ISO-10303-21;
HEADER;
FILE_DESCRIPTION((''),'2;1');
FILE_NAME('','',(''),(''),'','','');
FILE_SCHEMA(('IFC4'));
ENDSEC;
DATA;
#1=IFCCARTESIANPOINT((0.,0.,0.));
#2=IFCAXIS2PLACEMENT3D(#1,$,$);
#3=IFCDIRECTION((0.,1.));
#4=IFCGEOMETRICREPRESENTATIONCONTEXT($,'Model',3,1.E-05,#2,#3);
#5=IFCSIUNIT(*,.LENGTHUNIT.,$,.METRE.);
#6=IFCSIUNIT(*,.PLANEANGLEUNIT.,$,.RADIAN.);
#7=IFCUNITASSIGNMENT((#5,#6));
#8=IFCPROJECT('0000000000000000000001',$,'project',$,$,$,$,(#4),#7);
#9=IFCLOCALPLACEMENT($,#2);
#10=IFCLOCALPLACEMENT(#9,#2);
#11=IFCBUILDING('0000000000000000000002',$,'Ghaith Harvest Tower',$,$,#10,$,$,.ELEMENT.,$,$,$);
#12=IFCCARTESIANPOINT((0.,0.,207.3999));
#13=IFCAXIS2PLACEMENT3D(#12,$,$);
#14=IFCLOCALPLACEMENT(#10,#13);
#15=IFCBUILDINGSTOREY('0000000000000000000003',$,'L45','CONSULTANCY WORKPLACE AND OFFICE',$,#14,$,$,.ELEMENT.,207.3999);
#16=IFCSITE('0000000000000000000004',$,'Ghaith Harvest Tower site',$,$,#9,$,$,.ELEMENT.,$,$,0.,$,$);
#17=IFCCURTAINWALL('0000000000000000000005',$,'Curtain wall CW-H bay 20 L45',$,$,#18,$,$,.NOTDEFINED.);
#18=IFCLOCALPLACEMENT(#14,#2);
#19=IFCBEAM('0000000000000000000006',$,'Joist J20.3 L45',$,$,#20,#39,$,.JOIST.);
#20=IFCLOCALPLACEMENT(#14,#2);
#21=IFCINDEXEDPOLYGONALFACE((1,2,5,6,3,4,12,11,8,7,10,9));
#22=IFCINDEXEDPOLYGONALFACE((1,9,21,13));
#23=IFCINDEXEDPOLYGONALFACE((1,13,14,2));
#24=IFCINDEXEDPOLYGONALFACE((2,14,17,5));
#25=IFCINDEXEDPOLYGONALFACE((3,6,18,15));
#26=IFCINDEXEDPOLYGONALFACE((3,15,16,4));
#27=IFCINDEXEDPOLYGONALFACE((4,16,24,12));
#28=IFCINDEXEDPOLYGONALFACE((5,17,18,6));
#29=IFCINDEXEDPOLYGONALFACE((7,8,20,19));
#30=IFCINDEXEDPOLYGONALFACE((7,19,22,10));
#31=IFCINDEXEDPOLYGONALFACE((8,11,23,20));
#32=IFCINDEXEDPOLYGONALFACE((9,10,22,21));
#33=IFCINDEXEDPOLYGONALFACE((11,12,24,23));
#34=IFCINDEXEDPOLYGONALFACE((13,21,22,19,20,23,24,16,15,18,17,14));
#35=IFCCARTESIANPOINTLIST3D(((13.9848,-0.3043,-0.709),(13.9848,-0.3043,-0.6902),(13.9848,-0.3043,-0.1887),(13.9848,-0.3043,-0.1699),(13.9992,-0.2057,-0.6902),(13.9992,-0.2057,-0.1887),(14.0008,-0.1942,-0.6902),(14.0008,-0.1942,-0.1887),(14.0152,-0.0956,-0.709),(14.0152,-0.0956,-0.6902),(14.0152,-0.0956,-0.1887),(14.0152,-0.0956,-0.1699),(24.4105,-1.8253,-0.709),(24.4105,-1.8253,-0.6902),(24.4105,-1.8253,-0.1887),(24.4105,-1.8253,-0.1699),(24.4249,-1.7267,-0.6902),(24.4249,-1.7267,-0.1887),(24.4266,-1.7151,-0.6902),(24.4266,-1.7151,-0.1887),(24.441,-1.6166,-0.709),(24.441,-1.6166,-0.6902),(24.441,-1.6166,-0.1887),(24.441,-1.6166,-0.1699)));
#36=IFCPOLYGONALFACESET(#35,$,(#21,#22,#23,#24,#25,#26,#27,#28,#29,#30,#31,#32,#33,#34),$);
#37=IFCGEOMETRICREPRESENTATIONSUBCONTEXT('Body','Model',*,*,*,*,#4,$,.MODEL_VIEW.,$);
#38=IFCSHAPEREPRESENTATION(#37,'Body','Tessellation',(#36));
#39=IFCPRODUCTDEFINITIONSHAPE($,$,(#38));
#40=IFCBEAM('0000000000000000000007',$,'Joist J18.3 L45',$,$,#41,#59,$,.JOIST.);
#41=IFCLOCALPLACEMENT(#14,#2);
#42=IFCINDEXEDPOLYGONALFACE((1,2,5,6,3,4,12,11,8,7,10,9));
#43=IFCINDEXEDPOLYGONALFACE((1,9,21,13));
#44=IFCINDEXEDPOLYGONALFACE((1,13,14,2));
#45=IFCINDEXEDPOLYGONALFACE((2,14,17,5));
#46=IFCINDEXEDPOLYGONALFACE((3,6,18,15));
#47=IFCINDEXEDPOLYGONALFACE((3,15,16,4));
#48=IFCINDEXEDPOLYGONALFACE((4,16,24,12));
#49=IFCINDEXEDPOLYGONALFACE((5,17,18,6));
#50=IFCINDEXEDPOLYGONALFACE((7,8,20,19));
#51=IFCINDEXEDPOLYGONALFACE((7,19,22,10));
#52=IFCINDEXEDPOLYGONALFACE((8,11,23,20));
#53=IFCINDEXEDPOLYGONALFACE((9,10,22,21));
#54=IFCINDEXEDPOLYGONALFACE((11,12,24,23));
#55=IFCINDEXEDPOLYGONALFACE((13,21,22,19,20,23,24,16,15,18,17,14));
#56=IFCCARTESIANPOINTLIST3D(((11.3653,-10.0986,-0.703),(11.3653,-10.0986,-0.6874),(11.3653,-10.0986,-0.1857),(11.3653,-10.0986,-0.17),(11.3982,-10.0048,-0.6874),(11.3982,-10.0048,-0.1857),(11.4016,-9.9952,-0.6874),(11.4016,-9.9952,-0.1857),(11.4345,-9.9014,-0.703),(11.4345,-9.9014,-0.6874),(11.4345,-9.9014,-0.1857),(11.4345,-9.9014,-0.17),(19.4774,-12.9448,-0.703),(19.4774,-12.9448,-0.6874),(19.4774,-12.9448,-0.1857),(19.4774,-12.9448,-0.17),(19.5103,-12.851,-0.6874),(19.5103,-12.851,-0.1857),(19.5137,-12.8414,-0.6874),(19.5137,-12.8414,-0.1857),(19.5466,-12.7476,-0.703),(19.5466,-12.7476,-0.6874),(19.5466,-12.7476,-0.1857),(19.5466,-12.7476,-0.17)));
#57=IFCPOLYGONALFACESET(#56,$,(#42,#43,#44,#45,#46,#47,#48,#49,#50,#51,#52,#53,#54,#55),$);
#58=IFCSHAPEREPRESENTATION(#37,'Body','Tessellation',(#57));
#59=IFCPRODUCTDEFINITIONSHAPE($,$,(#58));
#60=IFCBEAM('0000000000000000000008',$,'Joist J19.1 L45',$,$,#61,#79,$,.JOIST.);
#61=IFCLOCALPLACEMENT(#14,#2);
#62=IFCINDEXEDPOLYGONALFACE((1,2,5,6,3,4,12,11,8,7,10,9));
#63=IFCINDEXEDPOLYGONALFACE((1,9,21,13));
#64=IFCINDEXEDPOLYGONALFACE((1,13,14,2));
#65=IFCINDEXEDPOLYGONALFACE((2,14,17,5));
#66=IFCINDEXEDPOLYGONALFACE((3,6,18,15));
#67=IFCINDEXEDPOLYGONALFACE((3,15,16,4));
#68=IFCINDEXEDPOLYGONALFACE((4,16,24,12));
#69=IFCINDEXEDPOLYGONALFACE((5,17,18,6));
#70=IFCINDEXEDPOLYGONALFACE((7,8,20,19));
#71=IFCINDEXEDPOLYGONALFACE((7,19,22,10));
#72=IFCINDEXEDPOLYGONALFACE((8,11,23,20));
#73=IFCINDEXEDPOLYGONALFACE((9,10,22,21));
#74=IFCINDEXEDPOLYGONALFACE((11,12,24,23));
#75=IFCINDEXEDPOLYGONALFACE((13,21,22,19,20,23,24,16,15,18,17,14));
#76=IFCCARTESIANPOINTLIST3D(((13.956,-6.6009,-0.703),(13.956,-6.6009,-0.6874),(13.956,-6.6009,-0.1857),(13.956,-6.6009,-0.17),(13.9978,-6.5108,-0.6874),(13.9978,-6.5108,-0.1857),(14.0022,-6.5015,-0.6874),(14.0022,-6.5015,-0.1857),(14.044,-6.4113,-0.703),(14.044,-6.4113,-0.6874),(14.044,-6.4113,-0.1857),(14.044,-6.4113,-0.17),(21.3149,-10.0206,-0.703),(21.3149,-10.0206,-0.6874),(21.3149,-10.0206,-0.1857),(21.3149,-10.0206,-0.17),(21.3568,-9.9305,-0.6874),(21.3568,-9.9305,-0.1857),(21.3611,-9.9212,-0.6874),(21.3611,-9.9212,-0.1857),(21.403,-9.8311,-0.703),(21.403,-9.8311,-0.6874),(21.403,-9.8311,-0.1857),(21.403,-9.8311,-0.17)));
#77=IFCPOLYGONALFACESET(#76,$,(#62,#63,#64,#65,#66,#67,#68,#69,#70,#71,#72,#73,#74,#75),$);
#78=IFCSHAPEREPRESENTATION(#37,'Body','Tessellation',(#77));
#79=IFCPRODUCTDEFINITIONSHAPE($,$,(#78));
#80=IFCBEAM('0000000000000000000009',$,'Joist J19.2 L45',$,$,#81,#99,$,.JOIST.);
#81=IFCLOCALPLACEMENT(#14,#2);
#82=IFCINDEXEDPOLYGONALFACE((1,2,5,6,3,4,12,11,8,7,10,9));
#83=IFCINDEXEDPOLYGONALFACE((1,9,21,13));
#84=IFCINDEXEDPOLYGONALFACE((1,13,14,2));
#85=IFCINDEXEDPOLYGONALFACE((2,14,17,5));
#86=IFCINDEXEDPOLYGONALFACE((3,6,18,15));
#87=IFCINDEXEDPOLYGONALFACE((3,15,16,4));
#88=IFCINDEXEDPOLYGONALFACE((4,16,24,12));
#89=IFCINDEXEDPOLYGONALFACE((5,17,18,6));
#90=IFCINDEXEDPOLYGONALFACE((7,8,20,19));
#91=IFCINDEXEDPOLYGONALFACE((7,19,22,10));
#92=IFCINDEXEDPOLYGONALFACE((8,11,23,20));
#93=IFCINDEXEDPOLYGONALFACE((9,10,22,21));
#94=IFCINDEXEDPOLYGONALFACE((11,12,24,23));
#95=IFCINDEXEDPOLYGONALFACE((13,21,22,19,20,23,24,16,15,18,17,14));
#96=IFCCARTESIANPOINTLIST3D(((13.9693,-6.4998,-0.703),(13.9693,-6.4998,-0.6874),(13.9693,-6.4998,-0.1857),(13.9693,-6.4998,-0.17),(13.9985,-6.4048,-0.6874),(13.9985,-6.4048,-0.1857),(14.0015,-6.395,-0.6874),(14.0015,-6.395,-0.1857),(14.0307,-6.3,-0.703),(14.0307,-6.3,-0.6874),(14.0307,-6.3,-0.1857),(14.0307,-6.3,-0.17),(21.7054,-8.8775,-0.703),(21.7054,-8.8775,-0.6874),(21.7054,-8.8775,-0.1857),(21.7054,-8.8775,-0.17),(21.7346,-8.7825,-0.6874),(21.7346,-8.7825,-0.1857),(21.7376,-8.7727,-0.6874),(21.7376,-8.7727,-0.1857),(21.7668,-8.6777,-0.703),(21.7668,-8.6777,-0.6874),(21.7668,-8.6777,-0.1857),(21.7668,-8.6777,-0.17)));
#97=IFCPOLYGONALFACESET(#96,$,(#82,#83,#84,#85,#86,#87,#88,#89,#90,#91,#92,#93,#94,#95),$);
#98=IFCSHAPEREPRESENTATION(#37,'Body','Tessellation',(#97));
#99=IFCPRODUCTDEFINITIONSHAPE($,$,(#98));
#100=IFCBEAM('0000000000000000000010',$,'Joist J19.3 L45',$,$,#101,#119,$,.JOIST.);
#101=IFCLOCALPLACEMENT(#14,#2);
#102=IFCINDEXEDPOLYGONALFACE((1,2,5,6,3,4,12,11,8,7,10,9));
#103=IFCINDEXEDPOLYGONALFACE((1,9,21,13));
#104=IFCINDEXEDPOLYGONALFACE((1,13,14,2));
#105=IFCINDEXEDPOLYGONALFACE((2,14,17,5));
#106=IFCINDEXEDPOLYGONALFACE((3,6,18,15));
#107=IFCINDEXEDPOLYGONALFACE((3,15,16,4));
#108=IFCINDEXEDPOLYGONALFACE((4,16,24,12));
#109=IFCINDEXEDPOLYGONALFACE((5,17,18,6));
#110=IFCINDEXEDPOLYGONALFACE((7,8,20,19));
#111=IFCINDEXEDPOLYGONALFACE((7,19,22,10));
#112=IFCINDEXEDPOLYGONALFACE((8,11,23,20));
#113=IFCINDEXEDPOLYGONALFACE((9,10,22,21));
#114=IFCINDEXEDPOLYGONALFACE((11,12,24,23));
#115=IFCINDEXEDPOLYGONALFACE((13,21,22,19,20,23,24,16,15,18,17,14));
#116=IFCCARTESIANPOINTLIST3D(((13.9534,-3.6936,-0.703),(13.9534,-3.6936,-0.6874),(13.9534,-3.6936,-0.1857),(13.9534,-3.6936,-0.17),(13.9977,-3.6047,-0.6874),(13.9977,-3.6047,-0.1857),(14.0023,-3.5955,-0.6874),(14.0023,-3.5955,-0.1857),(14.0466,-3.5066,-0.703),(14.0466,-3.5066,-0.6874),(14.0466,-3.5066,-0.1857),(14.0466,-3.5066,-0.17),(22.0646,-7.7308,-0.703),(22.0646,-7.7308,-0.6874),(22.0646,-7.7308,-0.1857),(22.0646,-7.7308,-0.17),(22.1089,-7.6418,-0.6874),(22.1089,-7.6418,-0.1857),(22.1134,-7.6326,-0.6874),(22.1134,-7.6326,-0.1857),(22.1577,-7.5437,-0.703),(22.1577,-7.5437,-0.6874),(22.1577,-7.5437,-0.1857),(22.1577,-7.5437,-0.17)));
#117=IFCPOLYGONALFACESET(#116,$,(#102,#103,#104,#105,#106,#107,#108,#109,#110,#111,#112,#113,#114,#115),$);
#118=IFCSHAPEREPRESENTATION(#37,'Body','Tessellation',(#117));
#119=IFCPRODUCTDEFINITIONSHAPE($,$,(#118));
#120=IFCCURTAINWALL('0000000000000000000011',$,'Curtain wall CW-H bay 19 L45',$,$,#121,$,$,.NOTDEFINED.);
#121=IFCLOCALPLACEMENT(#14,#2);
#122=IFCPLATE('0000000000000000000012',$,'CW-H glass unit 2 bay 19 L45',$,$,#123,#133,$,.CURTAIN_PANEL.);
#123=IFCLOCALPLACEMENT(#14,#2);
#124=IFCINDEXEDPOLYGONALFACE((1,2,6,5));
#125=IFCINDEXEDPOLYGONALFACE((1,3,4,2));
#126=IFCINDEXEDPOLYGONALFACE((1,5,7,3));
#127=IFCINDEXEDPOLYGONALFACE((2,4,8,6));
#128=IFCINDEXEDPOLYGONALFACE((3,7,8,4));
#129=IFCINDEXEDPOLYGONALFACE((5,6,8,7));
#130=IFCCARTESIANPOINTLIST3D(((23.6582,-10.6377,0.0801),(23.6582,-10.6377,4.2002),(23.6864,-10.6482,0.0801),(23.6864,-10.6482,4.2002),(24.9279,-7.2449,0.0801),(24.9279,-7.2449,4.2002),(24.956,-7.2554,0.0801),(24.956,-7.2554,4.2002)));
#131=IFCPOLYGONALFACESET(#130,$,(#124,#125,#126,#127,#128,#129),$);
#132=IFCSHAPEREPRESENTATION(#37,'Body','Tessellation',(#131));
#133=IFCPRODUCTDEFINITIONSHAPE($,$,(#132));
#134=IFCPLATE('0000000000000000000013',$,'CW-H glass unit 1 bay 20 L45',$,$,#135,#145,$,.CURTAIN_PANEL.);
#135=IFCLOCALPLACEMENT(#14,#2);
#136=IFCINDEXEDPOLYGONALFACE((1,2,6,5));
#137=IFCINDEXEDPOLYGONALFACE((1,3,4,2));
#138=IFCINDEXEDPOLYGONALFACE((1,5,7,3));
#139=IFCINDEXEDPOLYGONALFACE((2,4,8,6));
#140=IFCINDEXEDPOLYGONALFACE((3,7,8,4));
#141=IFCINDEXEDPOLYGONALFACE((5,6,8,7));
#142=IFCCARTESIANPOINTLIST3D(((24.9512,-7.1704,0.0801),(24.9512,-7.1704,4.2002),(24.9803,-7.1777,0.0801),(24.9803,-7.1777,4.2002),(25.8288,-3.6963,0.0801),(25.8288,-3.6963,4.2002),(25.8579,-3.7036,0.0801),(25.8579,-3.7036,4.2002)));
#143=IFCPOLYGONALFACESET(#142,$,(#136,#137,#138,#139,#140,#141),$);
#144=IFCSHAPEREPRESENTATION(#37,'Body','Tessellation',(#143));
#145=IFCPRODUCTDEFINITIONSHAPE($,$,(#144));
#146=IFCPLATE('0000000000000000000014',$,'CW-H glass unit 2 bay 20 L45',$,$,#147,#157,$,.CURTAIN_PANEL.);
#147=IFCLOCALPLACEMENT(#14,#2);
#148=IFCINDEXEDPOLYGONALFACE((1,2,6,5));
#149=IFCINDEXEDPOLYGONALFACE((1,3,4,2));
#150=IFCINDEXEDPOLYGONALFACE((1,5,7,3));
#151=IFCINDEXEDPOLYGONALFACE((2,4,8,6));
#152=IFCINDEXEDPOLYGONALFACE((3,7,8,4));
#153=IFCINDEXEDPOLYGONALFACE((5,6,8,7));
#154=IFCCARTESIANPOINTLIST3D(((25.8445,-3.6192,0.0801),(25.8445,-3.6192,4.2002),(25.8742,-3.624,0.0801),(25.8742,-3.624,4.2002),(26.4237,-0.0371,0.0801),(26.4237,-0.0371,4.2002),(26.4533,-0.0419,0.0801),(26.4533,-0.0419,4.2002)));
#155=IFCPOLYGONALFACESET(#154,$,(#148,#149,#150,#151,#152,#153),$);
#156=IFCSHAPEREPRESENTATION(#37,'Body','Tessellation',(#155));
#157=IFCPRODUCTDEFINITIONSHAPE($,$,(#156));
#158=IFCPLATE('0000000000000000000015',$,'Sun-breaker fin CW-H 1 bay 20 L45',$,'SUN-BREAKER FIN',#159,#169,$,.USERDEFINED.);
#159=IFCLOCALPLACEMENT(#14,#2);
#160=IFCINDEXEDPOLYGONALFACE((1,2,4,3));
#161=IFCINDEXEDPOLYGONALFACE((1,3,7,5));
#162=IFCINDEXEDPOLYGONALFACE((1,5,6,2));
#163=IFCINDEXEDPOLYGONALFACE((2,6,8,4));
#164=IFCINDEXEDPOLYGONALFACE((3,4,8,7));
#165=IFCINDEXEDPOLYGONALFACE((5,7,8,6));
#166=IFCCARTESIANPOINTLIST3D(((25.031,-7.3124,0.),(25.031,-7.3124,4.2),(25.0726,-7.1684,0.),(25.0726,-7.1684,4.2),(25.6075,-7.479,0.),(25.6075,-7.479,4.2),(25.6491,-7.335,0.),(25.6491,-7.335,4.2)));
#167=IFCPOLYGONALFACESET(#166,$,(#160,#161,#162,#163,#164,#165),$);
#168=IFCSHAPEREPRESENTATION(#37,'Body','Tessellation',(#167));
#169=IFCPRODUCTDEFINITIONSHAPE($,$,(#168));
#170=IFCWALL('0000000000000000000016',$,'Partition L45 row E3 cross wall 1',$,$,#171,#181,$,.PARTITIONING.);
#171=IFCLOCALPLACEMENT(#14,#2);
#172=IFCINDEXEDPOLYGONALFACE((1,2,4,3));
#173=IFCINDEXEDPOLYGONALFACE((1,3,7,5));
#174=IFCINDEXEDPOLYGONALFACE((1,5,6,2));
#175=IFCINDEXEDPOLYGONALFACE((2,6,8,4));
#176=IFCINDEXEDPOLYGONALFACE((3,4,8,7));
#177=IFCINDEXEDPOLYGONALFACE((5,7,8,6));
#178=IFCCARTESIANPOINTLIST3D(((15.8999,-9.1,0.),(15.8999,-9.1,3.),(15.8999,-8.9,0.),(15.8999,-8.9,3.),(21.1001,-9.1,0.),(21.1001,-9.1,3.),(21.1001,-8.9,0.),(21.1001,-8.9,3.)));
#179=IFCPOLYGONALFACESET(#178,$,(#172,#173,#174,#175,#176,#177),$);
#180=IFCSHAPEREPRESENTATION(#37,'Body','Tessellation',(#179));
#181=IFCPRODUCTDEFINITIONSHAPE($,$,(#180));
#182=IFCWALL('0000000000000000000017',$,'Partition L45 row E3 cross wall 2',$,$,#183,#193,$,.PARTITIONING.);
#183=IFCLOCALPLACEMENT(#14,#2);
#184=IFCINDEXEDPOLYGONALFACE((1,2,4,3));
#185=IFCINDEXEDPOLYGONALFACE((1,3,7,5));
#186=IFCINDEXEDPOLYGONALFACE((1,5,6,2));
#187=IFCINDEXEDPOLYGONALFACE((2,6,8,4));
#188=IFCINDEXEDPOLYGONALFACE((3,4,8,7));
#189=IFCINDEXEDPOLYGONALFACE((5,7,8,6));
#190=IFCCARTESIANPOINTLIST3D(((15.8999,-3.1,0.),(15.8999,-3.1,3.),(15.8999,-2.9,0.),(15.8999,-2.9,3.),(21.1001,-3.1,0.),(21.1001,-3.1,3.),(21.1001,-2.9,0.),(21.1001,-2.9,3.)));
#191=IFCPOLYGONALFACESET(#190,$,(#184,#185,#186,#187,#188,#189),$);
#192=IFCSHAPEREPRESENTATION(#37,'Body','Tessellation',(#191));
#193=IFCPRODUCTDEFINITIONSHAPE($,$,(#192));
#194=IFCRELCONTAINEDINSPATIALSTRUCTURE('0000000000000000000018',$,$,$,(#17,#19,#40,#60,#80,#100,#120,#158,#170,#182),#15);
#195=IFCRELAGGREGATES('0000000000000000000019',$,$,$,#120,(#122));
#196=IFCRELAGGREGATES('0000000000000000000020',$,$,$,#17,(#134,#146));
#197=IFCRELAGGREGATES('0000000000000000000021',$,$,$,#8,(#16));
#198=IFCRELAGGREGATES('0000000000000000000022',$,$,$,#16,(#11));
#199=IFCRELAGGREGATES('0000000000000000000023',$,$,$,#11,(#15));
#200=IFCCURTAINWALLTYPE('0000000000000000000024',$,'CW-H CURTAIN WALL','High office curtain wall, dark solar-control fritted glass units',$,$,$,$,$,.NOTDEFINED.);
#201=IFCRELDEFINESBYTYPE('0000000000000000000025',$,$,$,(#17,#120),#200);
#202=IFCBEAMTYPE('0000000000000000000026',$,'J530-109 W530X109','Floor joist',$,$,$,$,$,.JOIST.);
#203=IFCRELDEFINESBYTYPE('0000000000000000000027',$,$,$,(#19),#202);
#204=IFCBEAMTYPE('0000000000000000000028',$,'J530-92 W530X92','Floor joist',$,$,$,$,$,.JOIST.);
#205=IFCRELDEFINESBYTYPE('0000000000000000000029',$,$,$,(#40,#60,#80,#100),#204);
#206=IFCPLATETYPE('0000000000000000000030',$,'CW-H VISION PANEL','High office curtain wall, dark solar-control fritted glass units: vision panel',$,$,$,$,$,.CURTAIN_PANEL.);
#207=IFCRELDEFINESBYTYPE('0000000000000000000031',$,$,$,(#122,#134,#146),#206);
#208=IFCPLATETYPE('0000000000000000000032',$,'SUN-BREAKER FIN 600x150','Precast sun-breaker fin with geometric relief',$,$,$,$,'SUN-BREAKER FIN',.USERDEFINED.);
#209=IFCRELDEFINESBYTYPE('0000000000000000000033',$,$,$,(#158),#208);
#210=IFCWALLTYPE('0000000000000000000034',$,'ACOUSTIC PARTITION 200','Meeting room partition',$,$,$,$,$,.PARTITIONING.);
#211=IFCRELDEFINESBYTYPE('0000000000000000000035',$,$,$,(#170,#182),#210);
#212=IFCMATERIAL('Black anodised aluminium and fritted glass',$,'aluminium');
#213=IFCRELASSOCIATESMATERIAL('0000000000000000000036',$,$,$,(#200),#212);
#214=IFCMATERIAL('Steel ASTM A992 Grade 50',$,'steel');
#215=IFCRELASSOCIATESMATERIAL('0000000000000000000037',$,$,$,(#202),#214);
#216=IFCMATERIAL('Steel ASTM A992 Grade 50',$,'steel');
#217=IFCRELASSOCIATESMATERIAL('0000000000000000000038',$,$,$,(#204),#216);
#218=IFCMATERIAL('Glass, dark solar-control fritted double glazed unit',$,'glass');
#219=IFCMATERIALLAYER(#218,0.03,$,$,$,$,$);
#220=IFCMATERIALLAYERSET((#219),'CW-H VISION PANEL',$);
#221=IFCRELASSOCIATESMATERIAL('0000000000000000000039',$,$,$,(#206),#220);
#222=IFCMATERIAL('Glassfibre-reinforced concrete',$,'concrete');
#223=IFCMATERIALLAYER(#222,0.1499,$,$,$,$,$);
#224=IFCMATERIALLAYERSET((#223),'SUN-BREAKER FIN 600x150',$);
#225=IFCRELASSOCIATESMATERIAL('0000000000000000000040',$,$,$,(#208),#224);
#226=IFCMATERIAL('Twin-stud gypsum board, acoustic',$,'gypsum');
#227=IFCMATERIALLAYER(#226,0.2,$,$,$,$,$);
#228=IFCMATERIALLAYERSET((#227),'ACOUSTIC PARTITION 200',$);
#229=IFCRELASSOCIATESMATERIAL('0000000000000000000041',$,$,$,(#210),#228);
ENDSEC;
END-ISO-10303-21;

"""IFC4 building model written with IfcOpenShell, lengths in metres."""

from ifc_helpers import new_model, si_unit, direction, frame, frame_2d, origin, origin_2d, place, context, subcontext, project, spatial, rectangle, i_section, extrude, material, layer, layer_set, material_profile, profile_set, type_object, element, aggregate, save


model = new_model("IFC4")

# Units and contexts
model_context = context("Model", 3, precision=1e-05, world=origin(), true_north=direction((0.0, 1.0)))
body_context = subcontext(model_context, "Body", "Model", "MODEL_VIEW")
ifc_project = project(units=[si_unit("LENGTHUNIT", "METRE"), si_unit("PLANEANGLEUNIT", "RADIAN")], contexts=[model_context])

# Site, building, storey
site_placement = place(None, origin())
site = spatial("IfcSite", under=ifc_project, at=site_placement, Name="Ghaith Harvest Tower site", CompositionType="ELEMENT", RefElevation=0.0)
building_placement = place(site_placement, origin())
building = spatial("IfcBuilding", under=site, at=building_placement, Name="Ghaith Harvest Tower", CompositionType="ELEMENT")
storey_placement = place(building_placement, frame((0.0, 0.0, 207.3999)))
storey = spatial("IfcBuildingStorey", under=building, at=storey_placement, Name="L45", Description="CONSULTANCY WORKPLACE AND OFFICE", CompositionType="ELEMENT", Elevation=207.3999)

# Curtain wall
ifc_material_1 = material(Name="Black anodised aluminium and fritted glass", Category="aluminium")
curtain_wall_type = type_object("IfcCurtainWallType", Name="CW-H CURTAIN WALL", Description="High office curtain wall, dark solar-control fritted glass units", PredefinedType="NOTDEFINED", material=ifc_material_1)
curtain_wall_1_placement = place(storey_placement, origin())
curtain_wall_1 = element("IfcCurtainWall", 1, at=curtain_wall_1_placement, inside=storey, type_object=curtain_wall_type, Name="Curtain wall CW-H bay 20 L45", PredefinedType="NOTDEFINED")

# Beams
ifc_material_2 = material(Name="Steel ASTM A992 Grade 50", Category="steel")
ifc_material_profile_1 = material_profile(ifc_material_2, i_section(OverallWidth=0.2109, OverallDepth=0.5391, WebThickness=0.0117, FlangeThickness=0.0188, at=origin_2d()), Name="W530X109")
ifc_profile_set_1 = profile_set([ifc_material_profile_1], Name="Steel ASTM A992 Grade 50")
beam_type_1 = type_object("IfcBeamType", Name="J530-109 W530X109", Description="Floor joist", PredefinedType="JOIST", material=ifc_profile_set_1)
beam_1_placement = place(storey_placement, frame((14.0, -0.2, -0.4395), z_axis=(0.989525, -0.14436, 0.0), x_axis=(0.14436, 0.989525, 0.0)))
element("IfcBeam", 2, at=beam_1_placement, inside=storey, type_object=beam_type_1, Name="Joist J20.3 L45", PredefinedType="JOIST", context=body_context, shape_type="SweptSolid", body=[
    extrude(i_section(OverallWidth=0.2109, OverallDepth=0.5391, WebThickness=0.0117, FlangeThickness=0.0188, at=origin_2d()), origin(), (0.0, 0.0, 1.0), 10.5361),
])
ifc_material_3 = material(Name="Steel ASTM A992 Grade 50", Category="steel")
ifc_material_profile_2 = material_profile(ifc_material_3, i_section(OverallWidth=0.209, OverallDepth=0.533, WebThickness=0.0103, FlangeThickness=0.0156, at=origin_2d()), Name="W530X92")
ifc_profile_set_2 = profile_set([ifc_material_profile_2], Name="Steel ASTM A992 Grade 50")
beam_type_2 = type_object("IfcBeamType", Name="J530-92 W530X92", Description="Floor joist", PredefinedType="JOIST", material=ifc_profile_set_2)
beam_2_placement = place(storey_placement, frame((11.3999, -10.0, -0.4365), z_axis=(0.943605, -0.331073, 0.0), x_axis=(0.331073, 0.943605, 0.0)))
element("IfcBeam", 3, at=beam_2_placement, inside=storey, type_object=beam_type_2, Name="Joist J18.3 L45", PredefinedType="JOIST", context=body_context, shape_type="SweptSolid", body=[
    extrude(i_section(OverallWidth=0.209, OverallDepth=0.533, WebThickness=0.0103, FlangeThickness=0.0156, at=origin_2d()), origin(), (0.0, 0.0, 1.0), 8.5969),
])
beam_3_placement = place(storey_placement, frame((14.0, -6.5061, -0.4365), z_axis=(0.906865, -0.421421, 0.0), x_axis=(0.421421, 0.906865, 0.0)))
element("IfcBeam", 4, at=beam_3_placement, inside=storey, type_object=beam_type_2, Name="Joist J19.1 L45", PredefinedType="JOIST", context=body_context, shape_type="SweptSolid", body=[
    extrude(i_section(OverallWidth=0.209, OverallDepth=0.533, WebThickness=0.0103, FlangeThickness=0.0156, at=origin_2d()), origin(), (0.0, 0.0, 1.0), 8.1147),
])
beam_4_placement = place(storey_placement, frame((14.0, -6.3999, -0.4365), z_axis=(0.955871, -0.293787, 0.0), x_axis=(0.293787, 0.955871, 0.0)))
element("IfcBeam", 5, at=beam_4_placement, inside=storey, type_object=beam_type_2, Name="Joist J19.2 L45", PredefinedType="JOIST", context=body_context, shape_type="SweptSolid", body=[
    extrude(i_section(OverallWidth=0.209, OverallDepth=0.533, WebThickness=0.0103, FlangeThickness=0.0156, at=origin_2d()), origin(), (0.0, 0.0, 1.0), 8.0933),
])
beam_5_placement = place(storey_placement, frame((14.0, -3.6001, -0.4365), z_axis=(0.895239, -0.445585, 0.0), x_axis=(0.445585, 0.895239, 0.0)))
element("IfcBeam", 6, at=beam_5_placement, inside=storey, type_object=beam_type_2, Name="Joist J19.3 L45", PredefinedType="JOIST", context=body_context, shape_type="SweptSolid", body=[
    extrude(i_section(OverallWidth=0.209, OverallDepth=0.533, WebThickness=0.0103, FlangeThickness=0.0156, at=origin_2d()), origin(), (0.0, 0.0, 1.0), 9.0603),
])

# Curtain wall, plate
curtain_wall_2_placement = place(storey_placement, origin())
curtain_wall_2 = element("IfcCurtainWall", 7, at=curtain_wall_2_placement, inside=storey, type_object=curtain_wall_type, Name="Curtain wall CW-H bay 19 L45", PredefinedType="NOTDEFINED")
ifc_material_4 = material(Name="Glass, dark solar-control fritted double glazed unit", Category="glass")
ifc_layer_1 = layer(ifc_material_4, 0.03)
ifc_layer_set_1 = layer_set([ifc_layer_1], Name="CW-H VISION PANEL")
plate_type_1 = type_object("IfcPlateType", Name="CW-H VISION PANEL", Description="High office curtain wall, dark solar-control fritted glass units: vision panel", PredefinedType="CURTAIN_PANEL", material=ifc_layer_set_1)
plate_1_placement = place(storey_placement, frame((24.3071, -8.9465, 0.0801), z_axis=(0.0, 0.0, 1.0), x_axis=(0.350481, 0.93657, 0.0)))
plate_1 = element("IfcPlate", 8, at=plate_1_placement, type_object=plate_type_1, Name="CW-H glass unit 2 bay 19 L45", PredefinedType="CURTAIN_PANEL", context=body_context, shape_type="SweptSolid", body=[
    extrude(rectangle(XDim=3.6226, YDim=0.03, at=origin_2d()), origin(), (0.0, 0.0, 1.0), 4.1201),
])
aggregate(curtain_wall_2, [plate_1])

# Plates
plate_2_placement = place(storey_placement, frame((25.4045, -5.437, 0.0801), z_axis=(0.0, 0.0, 1.0), x_axis=(0.244926, 0.969542, 0.0)))
plate_2 = element("IfcPlate", 9, at=plate_2_placement, type_object=plate_type_1, Name="CW-H glass unit 1 bay 20 L45", PredefinedType="CURTAIN_PANEL", context=body_context, shape_type="SweptSolid", body=[
    extrude(rectangle(XDim=3.5833, YDim=0.03, at=origin_2d()), origin(), (0.0, 0.0, 1.0), 4.1201),
])
plate_3_placement = place(storey_placement, frame((26.1489, -1.8306, 0.0801), z_axis=(0.0, 0.0, 1.0), x_axis=(0.159601, 0.987182, 0.0)))
plate_3 = element("IfcPlate", 10, at=plate_3_placement, type_object=plate_type_1, Name="CW-H glass unit 2 bay 20 L45", PredefinedType="CURTAIN_PANEL", context=body_context, shape_type="SweptSolid", body=[
    extrude(rectangle(XDim=3.6287, YDim=0.03, at=origin_2d()), origin(), (0.0, 0.0, 1.0), 4.1201),
])
aggregate(curtain_wall_1, [plate_2, plate_3])
ifc_material_5 = material(Name="Glassfibre-reinforced concrete", Category="concrete")
ifc_layer_2 = layer(ifc_material_5, 0.1499)
ifc_layer_set_2 = layer_set([ifc_layer_2], Name="SUN-BREAKER FIN 600x150")
plate_type_2 = type_object("IfcPlateType", Name="SUN-BREAKER FIN 600x150", Description="Precast sun-breaker fin with geometric relief", ElementType="SUN-BREAKER FIN", PredefinedType="USERDEFINED", material=ifc_layer_set_2)
plate_4_placement = place(storey_placement, frame((25.3401, -7.3237, 0.0), z_axis=(0.0, 0.0, 1.0), x_axis=(0.96068, -0.277657, 0.0)))
element("IfcPlate", 11, at=plate_4_placement, inside=storey, type_object=plate_type_2, Name="Sun-breaker fin CW-H 1 bay 20 L45", ObjectType="SUN-BREAKER FIN", PredefinedType="USERDEFINED", context=body_context, shape_type="SweptSolid", body=[
    extrude(rectangle(XDim=0.6001, YDim=0.1499, at=origin_2d()), origin(), (0.0, 0.0, 1.0), 4.2),
])

# Walls
ifc_material_6 = material(Name="Twin-stud gypsum board, acoustic", Category="gypsum")
ifc_layer_3 = layer(ifc_material_6, 0.2)
ifc_layer_set_3 = layer_set([ifc_layer_3], Name="ACOUSTIC PARTITION 200")
wall_type_1 = type_object("IfcWallType", Name="ACOUSTIC PARTITION 200", Description="Meeting room partition", PredefinedType="PARTITIONING", material=ifc_layer_set_3)
for number, where, z_axis, x_axis, name in (
    (12, (15.8999, -9.0, 0.0), (0.0, 0.0, 1.0), (1.0, 0.0, 0.0), "Partition L45 row E3 cross wall 1"),
    (13, (15.8999, -3.0, 0.0), (0.0, 0.0, 1.0), (1.0, 0.0, 0.0), "Partition L45 row E3 cross wall 2"),
):
    element("IfcWall", number, at=place(storey_placement, frame(where, z_axis=z_axis, x_axis=x_axis)), inside=storey, type_object=wall_type_1, Name=name, PredefinedType="PARTITIONING", context=body_context, shape_type="SweptSolid", body=[
        extrude(rectangle(XDim=5.2002, YDim=0.2, at=frame_2d((2.6001, 0.0))), origin(), (0.0, 0.0, 1.0), 3.0),
    ])

save(model, "model.ifc")
